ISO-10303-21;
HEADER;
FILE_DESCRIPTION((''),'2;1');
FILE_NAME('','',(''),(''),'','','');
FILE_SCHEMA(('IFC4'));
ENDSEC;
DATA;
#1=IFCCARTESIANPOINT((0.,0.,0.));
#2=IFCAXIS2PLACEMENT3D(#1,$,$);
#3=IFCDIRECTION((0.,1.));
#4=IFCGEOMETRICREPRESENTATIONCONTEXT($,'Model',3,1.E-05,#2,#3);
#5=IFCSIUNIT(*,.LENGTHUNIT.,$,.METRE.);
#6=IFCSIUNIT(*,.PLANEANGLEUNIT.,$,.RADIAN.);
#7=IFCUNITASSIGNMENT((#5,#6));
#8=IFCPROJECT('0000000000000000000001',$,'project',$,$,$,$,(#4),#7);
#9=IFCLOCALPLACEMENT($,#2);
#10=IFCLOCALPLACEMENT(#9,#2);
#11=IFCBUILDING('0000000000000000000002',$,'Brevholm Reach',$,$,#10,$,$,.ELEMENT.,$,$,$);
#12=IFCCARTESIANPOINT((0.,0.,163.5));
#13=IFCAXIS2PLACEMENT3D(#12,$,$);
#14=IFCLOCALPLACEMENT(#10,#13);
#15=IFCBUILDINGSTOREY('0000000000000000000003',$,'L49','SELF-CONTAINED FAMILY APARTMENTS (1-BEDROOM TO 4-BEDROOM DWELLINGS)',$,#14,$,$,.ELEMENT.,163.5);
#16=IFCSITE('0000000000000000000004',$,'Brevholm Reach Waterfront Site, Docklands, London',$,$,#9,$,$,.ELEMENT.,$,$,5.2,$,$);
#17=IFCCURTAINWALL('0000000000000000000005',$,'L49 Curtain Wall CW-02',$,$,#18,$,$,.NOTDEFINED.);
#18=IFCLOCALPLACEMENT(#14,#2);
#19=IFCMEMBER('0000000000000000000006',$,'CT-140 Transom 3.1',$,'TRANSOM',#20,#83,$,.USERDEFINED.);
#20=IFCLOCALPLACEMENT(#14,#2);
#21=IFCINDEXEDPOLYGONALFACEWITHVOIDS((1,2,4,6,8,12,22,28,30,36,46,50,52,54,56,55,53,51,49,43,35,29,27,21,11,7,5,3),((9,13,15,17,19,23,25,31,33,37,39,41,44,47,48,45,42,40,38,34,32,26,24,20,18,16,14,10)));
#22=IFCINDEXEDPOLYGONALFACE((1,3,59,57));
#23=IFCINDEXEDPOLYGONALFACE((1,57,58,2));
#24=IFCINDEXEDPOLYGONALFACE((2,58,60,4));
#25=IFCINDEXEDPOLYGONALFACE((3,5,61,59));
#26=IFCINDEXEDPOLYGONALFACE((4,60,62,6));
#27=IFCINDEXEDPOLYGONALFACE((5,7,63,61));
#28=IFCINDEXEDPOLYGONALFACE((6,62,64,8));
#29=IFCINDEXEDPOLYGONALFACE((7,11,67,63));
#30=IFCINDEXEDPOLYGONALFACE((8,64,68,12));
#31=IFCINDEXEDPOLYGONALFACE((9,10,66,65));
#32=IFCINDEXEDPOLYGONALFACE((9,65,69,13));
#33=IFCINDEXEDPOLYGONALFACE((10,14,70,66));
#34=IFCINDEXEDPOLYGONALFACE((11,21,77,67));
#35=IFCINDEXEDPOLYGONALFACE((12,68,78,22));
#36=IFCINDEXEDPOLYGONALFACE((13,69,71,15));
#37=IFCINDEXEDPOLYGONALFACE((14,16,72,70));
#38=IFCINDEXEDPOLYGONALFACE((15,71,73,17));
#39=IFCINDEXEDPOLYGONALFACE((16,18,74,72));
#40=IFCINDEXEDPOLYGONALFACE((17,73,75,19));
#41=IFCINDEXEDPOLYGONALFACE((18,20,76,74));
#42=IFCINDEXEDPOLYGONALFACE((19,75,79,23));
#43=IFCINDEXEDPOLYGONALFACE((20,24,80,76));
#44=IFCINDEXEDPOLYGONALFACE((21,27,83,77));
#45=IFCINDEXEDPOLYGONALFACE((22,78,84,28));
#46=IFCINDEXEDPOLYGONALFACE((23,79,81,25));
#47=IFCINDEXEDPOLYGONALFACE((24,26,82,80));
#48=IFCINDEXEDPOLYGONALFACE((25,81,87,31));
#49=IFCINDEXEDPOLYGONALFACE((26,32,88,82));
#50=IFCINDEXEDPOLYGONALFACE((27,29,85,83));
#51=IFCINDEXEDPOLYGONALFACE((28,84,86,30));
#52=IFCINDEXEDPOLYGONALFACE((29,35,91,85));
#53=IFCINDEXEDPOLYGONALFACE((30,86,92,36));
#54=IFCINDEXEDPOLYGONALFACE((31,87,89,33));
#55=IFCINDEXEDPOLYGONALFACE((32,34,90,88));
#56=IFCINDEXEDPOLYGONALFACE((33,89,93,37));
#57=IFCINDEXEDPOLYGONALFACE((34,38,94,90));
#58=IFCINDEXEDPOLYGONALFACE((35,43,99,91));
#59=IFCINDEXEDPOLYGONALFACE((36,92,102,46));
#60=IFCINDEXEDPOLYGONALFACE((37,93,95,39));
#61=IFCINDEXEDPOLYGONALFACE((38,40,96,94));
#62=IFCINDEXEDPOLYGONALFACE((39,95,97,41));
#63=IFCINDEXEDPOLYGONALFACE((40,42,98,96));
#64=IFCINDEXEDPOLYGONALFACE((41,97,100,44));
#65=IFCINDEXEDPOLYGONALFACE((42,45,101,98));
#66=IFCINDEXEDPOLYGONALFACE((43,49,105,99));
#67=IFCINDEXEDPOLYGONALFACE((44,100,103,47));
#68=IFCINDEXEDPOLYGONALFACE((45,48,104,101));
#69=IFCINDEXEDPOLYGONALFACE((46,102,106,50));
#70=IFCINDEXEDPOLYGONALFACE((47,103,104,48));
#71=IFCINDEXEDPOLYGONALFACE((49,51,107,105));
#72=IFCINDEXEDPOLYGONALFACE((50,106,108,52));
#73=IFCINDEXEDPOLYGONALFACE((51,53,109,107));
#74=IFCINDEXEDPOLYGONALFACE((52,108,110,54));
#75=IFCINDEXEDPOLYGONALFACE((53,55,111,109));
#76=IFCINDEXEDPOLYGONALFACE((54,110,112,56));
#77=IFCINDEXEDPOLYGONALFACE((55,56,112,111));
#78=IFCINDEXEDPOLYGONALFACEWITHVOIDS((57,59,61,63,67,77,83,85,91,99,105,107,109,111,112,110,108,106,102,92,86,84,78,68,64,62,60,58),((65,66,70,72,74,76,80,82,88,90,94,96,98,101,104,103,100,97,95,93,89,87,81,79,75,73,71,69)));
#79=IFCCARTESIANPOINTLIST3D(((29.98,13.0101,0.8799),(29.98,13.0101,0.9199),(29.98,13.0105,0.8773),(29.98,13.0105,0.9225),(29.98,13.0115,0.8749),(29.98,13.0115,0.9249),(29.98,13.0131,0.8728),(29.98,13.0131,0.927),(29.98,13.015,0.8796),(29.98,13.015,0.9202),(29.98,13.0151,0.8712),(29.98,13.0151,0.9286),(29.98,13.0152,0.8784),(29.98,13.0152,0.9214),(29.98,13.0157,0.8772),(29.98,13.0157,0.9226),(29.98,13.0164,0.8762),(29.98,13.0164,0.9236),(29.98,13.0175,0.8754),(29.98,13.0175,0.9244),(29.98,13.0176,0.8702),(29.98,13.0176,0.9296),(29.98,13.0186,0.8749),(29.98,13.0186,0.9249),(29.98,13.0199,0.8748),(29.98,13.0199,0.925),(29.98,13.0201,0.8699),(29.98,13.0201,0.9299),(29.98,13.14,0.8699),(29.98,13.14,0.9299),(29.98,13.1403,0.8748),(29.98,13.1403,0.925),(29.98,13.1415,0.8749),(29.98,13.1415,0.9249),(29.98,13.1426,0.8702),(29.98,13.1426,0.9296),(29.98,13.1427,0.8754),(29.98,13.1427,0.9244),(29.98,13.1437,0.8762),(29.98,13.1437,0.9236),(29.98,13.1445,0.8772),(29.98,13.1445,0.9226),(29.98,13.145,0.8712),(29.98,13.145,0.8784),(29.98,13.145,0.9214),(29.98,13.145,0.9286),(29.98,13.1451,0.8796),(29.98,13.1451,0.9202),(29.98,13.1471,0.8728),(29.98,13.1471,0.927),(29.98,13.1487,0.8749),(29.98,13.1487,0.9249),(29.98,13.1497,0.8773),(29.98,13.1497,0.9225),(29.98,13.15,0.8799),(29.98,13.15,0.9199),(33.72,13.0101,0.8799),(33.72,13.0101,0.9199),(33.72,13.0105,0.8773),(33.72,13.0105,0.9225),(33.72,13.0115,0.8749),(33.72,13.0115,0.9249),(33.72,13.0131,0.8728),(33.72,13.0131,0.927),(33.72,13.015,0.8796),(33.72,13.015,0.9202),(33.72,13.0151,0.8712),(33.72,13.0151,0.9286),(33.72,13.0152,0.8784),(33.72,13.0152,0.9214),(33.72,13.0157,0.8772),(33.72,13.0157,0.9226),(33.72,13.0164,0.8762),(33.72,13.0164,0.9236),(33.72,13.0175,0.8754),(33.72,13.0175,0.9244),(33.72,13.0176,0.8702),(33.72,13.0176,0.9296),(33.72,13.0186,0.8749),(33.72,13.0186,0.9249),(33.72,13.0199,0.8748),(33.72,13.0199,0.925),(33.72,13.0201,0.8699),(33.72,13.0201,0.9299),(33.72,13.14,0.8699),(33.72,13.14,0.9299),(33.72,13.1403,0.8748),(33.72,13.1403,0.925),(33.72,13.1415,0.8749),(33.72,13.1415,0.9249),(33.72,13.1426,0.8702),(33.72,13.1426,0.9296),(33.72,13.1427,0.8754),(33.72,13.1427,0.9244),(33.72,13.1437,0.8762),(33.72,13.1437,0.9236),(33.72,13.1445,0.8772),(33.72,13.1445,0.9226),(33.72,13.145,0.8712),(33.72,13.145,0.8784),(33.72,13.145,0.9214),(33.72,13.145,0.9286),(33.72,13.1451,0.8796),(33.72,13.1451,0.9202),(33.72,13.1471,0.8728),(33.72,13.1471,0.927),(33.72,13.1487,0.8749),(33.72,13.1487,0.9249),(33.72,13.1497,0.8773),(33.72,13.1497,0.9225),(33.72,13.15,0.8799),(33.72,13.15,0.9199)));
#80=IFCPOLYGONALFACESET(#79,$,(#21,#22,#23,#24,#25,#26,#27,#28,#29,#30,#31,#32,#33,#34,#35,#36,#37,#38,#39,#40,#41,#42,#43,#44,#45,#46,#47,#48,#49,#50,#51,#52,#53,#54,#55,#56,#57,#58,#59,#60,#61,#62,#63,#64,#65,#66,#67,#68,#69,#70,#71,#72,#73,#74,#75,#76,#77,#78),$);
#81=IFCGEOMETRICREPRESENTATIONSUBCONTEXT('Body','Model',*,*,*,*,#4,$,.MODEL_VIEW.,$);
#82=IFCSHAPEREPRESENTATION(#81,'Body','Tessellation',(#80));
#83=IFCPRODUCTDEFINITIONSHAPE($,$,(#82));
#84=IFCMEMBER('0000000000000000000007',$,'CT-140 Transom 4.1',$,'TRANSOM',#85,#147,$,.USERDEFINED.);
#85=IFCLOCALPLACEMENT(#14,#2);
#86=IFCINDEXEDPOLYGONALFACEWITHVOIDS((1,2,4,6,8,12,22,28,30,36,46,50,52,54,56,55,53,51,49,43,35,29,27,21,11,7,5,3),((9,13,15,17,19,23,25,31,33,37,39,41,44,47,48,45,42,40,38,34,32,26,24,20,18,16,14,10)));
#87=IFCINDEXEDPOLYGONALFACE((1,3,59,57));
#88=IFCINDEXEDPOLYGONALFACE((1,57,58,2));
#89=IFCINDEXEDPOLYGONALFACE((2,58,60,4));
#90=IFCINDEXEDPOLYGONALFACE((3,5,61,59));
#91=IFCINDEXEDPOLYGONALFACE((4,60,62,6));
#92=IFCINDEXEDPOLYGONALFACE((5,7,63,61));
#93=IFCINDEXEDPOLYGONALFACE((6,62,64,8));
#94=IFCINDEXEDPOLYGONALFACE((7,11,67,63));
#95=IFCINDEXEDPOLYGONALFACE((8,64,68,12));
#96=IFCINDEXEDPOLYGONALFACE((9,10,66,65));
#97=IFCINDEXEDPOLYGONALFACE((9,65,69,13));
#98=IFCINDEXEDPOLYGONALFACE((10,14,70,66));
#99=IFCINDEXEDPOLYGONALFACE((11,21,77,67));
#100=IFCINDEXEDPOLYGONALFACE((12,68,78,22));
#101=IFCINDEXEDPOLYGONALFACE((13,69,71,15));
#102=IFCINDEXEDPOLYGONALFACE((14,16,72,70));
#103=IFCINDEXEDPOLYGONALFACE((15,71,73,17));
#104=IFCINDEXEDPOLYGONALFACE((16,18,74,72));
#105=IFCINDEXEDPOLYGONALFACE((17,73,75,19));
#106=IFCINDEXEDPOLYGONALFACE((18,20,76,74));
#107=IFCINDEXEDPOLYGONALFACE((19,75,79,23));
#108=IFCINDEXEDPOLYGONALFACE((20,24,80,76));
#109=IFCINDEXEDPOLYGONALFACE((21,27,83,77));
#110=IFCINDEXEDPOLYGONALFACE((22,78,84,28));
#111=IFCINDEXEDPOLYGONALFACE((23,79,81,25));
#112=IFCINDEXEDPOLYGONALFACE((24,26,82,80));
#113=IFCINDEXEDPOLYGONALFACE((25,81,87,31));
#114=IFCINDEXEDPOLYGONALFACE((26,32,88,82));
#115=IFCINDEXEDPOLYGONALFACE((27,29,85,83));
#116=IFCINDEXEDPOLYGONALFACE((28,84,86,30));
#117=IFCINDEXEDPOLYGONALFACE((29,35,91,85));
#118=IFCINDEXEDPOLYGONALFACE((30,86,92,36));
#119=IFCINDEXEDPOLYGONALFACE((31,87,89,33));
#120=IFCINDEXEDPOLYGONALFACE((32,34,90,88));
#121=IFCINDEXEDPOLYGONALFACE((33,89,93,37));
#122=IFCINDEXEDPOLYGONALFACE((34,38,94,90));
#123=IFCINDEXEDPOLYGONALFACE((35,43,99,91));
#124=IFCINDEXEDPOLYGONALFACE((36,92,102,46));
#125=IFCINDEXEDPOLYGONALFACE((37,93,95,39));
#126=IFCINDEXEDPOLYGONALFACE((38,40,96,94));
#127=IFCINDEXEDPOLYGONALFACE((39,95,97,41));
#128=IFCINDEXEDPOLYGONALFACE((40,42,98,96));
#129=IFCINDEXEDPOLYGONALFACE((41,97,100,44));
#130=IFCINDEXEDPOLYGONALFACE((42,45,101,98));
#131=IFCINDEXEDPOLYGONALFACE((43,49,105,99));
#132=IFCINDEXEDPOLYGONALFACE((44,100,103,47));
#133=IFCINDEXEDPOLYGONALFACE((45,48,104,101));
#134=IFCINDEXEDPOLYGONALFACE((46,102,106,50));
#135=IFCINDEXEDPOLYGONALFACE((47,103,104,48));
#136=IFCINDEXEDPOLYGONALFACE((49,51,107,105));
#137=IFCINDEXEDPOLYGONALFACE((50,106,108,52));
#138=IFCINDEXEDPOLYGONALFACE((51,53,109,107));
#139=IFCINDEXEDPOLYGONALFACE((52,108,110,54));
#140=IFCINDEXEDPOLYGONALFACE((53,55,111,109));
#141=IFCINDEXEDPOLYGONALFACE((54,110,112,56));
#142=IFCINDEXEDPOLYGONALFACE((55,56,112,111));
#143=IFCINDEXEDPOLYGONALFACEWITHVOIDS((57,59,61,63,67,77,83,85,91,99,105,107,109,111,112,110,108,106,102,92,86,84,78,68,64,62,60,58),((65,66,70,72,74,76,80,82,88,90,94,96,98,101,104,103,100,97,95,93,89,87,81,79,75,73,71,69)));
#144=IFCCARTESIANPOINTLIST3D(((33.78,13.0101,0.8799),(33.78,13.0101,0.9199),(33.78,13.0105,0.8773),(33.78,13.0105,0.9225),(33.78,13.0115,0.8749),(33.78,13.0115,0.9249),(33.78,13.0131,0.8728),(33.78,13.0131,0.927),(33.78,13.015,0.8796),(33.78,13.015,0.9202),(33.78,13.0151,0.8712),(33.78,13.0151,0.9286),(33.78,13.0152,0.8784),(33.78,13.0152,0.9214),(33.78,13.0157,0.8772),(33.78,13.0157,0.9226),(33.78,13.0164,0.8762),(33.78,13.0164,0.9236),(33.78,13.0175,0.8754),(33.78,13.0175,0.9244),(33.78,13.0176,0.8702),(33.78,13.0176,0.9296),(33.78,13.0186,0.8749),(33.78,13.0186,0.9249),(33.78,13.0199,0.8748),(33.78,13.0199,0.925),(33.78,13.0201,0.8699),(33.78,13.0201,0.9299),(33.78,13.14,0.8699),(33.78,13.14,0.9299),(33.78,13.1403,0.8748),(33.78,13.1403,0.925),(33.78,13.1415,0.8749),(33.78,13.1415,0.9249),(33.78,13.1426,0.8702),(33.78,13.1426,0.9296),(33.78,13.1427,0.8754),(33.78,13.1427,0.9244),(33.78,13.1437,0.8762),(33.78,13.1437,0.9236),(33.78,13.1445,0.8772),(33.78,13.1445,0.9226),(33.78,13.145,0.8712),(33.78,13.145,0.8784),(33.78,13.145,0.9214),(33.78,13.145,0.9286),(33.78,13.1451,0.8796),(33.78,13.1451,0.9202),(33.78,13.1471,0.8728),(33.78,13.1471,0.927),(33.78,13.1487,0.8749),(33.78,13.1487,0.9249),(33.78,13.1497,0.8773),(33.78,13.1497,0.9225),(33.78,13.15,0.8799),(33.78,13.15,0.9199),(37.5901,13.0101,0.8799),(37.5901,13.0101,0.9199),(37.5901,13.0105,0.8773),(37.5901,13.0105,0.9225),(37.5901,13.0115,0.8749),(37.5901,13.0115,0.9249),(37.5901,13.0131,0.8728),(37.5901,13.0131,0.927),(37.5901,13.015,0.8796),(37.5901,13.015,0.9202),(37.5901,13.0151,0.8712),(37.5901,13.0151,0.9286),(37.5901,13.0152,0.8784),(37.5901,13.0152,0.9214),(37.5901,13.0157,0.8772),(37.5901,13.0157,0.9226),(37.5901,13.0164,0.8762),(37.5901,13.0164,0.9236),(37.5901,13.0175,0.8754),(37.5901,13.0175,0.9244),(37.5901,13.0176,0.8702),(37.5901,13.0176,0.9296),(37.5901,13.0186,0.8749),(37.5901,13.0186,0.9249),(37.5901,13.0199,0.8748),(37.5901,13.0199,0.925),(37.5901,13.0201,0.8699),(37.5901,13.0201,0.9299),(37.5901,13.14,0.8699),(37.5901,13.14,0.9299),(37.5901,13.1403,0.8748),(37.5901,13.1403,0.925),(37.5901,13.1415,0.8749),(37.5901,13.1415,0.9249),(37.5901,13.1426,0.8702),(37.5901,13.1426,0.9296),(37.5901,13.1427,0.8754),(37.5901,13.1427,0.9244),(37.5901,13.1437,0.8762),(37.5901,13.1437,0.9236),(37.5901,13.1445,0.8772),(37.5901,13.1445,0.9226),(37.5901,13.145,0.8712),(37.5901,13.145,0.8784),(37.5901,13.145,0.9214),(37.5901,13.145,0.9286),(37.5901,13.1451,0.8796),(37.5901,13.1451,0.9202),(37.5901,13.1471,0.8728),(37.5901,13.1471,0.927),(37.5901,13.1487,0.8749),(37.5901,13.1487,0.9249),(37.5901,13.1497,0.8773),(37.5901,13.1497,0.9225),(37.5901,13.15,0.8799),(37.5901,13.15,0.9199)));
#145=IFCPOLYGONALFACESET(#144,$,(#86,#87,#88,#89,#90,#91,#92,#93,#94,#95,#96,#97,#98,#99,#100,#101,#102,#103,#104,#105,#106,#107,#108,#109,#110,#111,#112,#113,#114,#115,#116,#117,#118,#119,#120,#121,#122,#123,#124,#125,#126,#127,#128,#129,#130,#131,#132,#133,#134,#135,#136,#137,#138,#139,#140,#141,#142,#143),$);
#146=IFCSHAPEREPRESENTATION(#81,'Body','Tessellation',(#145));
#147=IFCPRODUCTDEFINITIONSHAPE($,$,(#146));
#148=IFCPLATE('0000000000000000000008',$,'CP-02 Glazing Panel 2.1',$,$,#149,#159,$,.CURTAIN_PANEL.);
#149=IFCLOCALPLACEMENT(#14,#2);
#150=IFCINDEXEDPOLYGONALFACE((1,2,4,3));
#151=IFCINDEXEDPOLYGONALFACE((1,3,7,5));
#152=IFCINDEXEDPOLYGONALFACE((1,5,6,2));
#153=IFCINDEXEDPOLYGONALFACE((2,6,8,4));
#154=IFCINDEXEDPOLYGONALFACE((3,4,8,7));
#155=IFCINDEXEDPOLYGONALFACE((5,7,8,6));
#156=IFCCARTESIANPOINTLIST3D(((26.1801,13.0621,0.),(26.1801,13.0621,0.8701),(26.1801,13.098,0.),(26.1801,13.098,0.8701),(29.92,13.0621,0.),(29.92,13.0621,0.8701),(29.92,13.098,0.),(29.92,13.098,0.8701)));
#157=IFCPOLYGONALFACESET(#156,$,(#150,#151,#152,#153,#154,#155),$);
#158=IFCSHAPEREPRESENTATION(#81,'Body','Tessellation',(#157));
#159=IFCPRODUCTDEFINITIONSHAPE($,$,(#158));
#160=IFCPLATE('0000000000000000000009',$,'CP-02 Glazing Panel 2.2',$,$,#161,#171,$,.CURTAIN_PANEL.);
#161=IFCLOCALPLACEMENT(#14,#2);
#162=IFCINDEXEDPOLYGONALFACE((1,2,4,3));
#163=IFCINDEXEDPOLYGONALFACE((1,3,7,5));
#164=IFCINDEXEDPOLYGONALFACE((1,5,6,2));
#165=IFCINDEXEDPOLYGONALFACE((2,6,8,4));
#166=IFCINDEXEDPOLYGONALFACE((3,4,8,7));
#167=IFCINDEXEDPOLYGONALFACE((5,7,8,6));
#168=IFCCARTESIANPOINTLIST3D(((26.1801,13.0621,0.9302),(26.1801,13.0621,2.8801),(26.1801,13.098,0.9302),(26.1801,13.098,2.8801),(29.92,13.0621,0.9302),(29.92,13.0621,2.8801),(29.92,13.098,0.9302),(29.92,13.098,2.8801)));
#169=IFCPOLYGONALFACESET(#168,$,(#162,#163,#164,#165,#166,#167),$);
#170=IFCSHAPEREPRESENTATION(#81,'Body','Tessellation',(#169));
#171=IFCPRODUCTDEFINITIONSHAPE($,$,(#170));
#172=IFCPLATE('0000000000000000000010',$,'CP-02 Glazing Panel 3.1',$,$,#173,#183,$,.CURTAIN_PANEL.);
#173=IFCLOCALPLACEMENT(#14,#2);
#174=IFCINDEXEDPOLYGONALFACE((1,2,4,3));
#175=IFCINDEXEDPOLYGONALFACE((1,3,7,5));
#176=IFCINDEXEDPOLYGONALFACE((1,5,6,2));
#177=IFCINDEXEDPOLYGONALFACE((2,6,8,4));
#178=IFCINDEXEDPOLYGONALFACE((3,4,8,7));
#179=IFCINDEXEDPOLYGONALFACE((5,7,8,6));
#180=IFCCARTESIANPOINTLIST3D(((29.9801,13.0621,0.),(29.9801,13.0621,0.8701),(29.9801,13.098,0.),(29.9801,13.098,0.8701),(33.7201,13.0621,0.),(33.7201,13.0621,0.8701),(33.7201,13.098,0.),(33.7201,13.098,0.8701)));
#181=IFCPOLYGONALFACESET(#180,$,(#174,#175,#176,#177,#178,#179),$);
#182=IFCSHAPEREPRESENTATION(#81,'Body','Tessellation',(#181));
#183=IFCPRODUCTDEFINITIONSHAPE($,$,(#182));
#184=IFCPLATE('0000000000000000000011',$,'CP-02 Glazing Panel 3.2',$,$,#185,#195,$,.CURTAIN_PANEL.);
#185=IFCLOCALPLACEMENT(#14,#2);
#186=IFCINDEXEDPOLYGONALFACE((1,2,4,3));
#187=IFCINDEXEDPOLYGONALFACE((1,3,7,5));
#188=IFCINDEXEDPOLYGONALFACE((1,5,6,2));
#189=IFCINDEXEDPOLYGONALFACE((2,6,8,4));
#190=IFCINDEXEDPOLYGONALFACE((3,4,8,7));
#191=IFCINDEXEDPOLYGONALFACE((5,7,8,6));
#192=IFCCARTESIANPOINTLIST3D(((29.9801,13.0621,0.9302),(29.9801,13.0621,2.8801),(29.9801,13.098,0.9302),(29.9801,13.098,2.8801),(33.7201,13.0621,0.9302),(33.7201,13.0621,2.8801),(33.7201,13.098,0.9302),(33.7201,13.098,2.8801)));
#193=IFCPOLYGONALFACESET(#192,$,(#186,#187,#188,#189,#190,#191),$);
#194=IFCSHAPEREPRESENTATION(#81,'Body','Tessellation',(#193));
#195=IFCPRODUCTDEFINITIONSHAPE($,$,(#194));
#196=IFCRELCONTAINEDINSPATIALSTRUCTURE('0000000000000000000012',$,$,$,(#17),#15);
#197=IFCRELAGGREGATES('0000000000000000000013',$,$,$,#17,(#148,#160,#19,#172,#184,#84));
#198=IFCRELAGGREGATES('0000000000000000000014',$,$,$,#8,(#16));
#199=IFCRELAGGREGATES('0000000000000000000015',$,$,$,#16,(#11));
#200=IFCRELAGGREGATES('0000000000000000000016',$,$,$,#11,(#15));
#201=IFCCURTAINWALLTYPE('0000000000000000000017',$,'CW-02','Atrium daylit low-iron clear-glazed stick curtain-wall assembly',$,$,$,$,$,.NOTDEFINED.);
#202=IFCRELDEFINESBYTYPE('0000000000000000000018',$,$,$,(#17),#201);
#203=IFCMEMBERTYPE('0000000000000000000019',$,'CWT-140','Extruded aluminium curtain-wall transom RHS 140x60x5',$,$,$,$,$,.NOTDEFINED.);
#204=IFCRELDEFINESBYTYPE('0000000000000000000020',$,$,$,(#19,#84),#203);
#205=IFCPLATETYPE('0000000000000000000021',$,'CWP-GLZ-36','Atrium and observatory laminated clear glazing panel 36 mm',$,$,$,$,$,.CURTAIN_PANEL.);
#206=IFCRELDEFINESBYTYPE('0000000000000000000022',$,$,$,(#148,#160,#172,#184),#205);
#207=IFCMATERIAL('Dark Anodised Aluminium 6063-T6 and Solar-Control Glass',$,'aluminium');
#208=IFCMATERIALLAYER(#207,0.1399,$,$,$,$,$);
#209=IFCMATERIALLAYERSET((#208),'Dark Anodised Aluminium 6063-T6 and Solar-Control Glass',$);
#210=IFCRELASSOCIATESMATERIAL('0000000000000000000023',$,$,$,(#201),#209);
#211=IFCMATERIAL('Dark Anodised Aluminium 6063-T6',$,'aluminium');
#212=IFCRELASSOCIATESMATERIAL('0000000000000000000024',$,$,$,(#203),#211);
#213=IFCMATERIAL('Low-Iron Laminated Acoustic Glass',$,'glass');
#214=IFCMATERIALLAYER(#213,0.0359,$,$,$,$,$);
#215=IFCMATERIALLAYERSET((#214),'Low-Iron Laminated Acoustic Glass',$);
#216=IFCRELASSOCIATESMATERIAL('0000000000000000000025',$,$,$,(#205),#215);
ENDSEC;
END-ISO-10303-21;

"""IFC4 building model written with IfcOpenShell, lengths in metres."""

from ifc_helpers import new_model, si_unit, direction, frame, origin, origin_2d, place, context, subcontext, project, spatial, rectangle, hollow_rectangle, extrude, material, layer, layer_set, material_profile, profile_set, type_object, element, aggregate, save


model = new_model("IFC4")

# Units and contexts
model_context = context("Model", 3, precision=1e-05, world=origin(), true_north=direction((0.0, 1.0)))
body_context = subcontext(model_context, "Body", "Model", "MODEL_VIEW")
ifc_project = project(units=[si_unit("LENGTHUNIT", "METRE"), si_unit("PLANEANGLEUNIT", "RADIAN")], contexts=[model_context])

# Site, building, storey
site_placement = place(None, origin())
site = spatial("IfcSite", under=ifc_project, at=site_placement, Name="Brevholm Reach Waterfront Site, Docklands, London", CompositionType="ELEMENT", RefElevation=5.2)
building_placement = place(site_placement, origin())
building = spatial("IfcBuilding", under=site, at=building_placement, Name="Brevholm Reach", CompositionType="ELEMENT")
storey_placement = place(building_placement, frame((0.0, 0.0, 163.5)))
storey = spatial("IfcBuildingStorey", under=building, at=storey_placement, Name="L49", Description="SELF-CONTAINED FAMILY APARTMENTS (1-BEDROOM TO 4-BEDROOM DWELLINGS)", CompositionType="ELEMENT", Elevation=163.5)

# Curtain wall, members, plates
ifc_material_1 = material(Name="Dark Anodised Aluminium 6063-T6 and Solar-Control Glass", Category="aluminium")
ifc_layer_1 = layer(ifc_material_1, 0.1399)
ifc_layer_set_1 = layer_set([ifc_layer_1], Name="Dark Anodised Aluminium 6063-T6 and Solar-Control Glass")
curtain_wall_type = type_object("IfcCurtainWallType", Name="CW-02", Description="Atrium daylit low-iron clear-glazed stick curtain-wall assembly", PredefinedType="NOTDEFINED", material=ifc_layer_set_1)
curtain_wall_placement = place(storey_placement, origin())
curtain_wall = element("IfcCurtainWall", 1, at=curtain_wall_placement, inside=storey, type_object=curtain_wall_type, Name="L49 Curtain Wall CW-02", PredefinedType="NOTDEFINED")
ifc_material_2 = material(Name="Dark Anodised Aluminium 6063-T6", Category="aluminium")
ifc_material_profile_1 = material_profile(ifc_material_2, hollow_rectangle(XDim=0.0601, YDim=0.1399, WallThickness=0.0049, InnerFilletRadius=0.0049, OuterFilletRadius=0.01, at=origin_2d()), Name="RHS 140x60x5")
ifc_profile_set_1 = profile_set([ifc_material_profile_1], Name="Dark Anodised Aluminium 6063-T6")
member_type_1 = type_object("IfcMemberType", Name="CWT-140", Description="Extruded aluminium curtain-wall transom RHS 140x60x5", PredefinedType="NOTDEFINED", material=ifc_profile_set_1)
member_1_placement = place(storey_placement, frame((29.98, 13.0801, 0.8999), z_axis=(1.0, 0.0, 0.0), x_axis=(0.0, 0.0, 1.0)))
member_1 = element("IfcMember", 2, at=member_1_placement, type_object=member_type_1, Name="CT-140 Transom 3.1", ObjectType="TRANSOM", PredefinedType="USERDEFINED", context=body_context, shape_type="SweptSolid", body=[
    extrude(hollow_rectangle(XDim=0.0601, YDim=0.1399, WallThickness=0.0049, InnerFilletRadius=0.0049, OuterFilletRadius=0.01, at=origin_2d()), origin(), (0.0, 0.0, 1.0), 3.74),
])
member_2_placement = place(storey_placement, frame((33.78, 13.0801, 0.8999), z_axis=(1.0, 0.0, 0.0), x_axis=(0.0, 0.0, 1.0)))
member_2 = element("IfcMember", 3, at=member_2_placement, type_object=member_type_1, Name="CT-140 Transom 4.1", ObjectType="TRANSOM", PredefinedType="USERDEFINED", context=body_context, shape_type="SweptSolid", body=[
    extrude(hollow_rectangle(XDim=0.0601, YDim=0.1399, WallThickness=0.0049, InnerFilletRadius=0.0049, OuterFilletRadius=0.01, at=origin_2d()), origin(), (0.0, 0.0, 1.0), 3.8101),
])
ifc_material_3 = material(Name="Low-Iron Laminated Acoustic Glass", Category="glass")
ifc_layer_2 = layer(ifc_material_3, 0.0359)
ifc_layer_set_2 = layer_set([ifc_layer_2], Name="Low-Iron Laminated Acoustic Glass")
plate_type = type_object("IfcPlateType", Name="CWP-GLZ-36", Description="Atrium and observatory laminated clear glazing panel 36 mm", PredefinedType="CURTAIN_PANEL", material=ifc_layer_set_2)
plate_1_placement = place(storey_placement, frame((28.05, 13.0801, 0.0), z_axis=(0.0, 0.0, 1.0), x_axis=(1.0, 0.0, 0.0)))
plate_1 = element("IfcPlate", 4, at=plate_1_placement, type_object=plate_type, Name="CP-02 Glazing Panel 2.1", PredefinedType="CURTAIN_PANEL", context=body_context, shape_type="SweptSolid", body=[
    extrude(rectangle(XDim=3.74, YDim=0.0359, at=origin_2d()), origin(), (0.0, 0.0, 1.0), 0.8701),
])
plate_2_placement = place(storey_placement, frame((28.05, 13.0801, 0.9302), z_axis=(0.0, 0.0, 1.0), x_axis=(1.0, 0.0, 0.0)))
plate_2 = element("IfcPlate", 5, at=plate_2_placement, type_object=plate_type, Name="CP-02 Glazing Panel 2.2", PredefinedType="CURTAIN_PANEL", context=body_context, shape_type="SweptSolid", body=[
    extrude(rectangle(XDim=3.74, YDim=0.0359, at=origin_2d()), origin(), (0.0, 0.0, 1.0), 1.95),
])
plate_3_placement = place(storey_placement, frame((31.8501, 13.0801, 0.0), z_axis=(0.0, 0.0, 1.0), x_axis=(1.0, 0.0, 0.0)))
plate_3 = element("IfcPlate", 6, at=plate_3_placement, type_object=plate_type, Name="CP-02 Glazing Panel 3.1", PredefinedType="CURTAIN_PANEL", context=body_context, shape_type="SweptSolid", body=[
    extrude(rectangle(XDim=3.74, YDim=0.0359, at=origin_2d()), origin(), (0.0, 0.0, 1.0), 0.8701),
])
plate_4_placement = place(storey_placement, frame((31.8501, 13.0801, 0.9302), z_axis=(0.0, 0.0, 1.0), x_axis=(1.0, 0.0, 0.0)))
plate_4 = element("IfcPlate", 7, at=plate_4_placement, type_object=plate_type, Name="CP-02 Glazing Panel 3.2", PredefinedType="CURTAIN_PANEL", context=body_context, shape_type="SweptSolid", body=[
    extrude(rectangle(XDim=3.74, YDim=0.0359, at=origin_2d()), origin(), (0.0, 0.0, 1.0), 1.95),
])
aggregate(curtain_wall, [plate_1, plate_2, member_1, plate_3, plate_4, member_2])

save(model, "model.ifc")
